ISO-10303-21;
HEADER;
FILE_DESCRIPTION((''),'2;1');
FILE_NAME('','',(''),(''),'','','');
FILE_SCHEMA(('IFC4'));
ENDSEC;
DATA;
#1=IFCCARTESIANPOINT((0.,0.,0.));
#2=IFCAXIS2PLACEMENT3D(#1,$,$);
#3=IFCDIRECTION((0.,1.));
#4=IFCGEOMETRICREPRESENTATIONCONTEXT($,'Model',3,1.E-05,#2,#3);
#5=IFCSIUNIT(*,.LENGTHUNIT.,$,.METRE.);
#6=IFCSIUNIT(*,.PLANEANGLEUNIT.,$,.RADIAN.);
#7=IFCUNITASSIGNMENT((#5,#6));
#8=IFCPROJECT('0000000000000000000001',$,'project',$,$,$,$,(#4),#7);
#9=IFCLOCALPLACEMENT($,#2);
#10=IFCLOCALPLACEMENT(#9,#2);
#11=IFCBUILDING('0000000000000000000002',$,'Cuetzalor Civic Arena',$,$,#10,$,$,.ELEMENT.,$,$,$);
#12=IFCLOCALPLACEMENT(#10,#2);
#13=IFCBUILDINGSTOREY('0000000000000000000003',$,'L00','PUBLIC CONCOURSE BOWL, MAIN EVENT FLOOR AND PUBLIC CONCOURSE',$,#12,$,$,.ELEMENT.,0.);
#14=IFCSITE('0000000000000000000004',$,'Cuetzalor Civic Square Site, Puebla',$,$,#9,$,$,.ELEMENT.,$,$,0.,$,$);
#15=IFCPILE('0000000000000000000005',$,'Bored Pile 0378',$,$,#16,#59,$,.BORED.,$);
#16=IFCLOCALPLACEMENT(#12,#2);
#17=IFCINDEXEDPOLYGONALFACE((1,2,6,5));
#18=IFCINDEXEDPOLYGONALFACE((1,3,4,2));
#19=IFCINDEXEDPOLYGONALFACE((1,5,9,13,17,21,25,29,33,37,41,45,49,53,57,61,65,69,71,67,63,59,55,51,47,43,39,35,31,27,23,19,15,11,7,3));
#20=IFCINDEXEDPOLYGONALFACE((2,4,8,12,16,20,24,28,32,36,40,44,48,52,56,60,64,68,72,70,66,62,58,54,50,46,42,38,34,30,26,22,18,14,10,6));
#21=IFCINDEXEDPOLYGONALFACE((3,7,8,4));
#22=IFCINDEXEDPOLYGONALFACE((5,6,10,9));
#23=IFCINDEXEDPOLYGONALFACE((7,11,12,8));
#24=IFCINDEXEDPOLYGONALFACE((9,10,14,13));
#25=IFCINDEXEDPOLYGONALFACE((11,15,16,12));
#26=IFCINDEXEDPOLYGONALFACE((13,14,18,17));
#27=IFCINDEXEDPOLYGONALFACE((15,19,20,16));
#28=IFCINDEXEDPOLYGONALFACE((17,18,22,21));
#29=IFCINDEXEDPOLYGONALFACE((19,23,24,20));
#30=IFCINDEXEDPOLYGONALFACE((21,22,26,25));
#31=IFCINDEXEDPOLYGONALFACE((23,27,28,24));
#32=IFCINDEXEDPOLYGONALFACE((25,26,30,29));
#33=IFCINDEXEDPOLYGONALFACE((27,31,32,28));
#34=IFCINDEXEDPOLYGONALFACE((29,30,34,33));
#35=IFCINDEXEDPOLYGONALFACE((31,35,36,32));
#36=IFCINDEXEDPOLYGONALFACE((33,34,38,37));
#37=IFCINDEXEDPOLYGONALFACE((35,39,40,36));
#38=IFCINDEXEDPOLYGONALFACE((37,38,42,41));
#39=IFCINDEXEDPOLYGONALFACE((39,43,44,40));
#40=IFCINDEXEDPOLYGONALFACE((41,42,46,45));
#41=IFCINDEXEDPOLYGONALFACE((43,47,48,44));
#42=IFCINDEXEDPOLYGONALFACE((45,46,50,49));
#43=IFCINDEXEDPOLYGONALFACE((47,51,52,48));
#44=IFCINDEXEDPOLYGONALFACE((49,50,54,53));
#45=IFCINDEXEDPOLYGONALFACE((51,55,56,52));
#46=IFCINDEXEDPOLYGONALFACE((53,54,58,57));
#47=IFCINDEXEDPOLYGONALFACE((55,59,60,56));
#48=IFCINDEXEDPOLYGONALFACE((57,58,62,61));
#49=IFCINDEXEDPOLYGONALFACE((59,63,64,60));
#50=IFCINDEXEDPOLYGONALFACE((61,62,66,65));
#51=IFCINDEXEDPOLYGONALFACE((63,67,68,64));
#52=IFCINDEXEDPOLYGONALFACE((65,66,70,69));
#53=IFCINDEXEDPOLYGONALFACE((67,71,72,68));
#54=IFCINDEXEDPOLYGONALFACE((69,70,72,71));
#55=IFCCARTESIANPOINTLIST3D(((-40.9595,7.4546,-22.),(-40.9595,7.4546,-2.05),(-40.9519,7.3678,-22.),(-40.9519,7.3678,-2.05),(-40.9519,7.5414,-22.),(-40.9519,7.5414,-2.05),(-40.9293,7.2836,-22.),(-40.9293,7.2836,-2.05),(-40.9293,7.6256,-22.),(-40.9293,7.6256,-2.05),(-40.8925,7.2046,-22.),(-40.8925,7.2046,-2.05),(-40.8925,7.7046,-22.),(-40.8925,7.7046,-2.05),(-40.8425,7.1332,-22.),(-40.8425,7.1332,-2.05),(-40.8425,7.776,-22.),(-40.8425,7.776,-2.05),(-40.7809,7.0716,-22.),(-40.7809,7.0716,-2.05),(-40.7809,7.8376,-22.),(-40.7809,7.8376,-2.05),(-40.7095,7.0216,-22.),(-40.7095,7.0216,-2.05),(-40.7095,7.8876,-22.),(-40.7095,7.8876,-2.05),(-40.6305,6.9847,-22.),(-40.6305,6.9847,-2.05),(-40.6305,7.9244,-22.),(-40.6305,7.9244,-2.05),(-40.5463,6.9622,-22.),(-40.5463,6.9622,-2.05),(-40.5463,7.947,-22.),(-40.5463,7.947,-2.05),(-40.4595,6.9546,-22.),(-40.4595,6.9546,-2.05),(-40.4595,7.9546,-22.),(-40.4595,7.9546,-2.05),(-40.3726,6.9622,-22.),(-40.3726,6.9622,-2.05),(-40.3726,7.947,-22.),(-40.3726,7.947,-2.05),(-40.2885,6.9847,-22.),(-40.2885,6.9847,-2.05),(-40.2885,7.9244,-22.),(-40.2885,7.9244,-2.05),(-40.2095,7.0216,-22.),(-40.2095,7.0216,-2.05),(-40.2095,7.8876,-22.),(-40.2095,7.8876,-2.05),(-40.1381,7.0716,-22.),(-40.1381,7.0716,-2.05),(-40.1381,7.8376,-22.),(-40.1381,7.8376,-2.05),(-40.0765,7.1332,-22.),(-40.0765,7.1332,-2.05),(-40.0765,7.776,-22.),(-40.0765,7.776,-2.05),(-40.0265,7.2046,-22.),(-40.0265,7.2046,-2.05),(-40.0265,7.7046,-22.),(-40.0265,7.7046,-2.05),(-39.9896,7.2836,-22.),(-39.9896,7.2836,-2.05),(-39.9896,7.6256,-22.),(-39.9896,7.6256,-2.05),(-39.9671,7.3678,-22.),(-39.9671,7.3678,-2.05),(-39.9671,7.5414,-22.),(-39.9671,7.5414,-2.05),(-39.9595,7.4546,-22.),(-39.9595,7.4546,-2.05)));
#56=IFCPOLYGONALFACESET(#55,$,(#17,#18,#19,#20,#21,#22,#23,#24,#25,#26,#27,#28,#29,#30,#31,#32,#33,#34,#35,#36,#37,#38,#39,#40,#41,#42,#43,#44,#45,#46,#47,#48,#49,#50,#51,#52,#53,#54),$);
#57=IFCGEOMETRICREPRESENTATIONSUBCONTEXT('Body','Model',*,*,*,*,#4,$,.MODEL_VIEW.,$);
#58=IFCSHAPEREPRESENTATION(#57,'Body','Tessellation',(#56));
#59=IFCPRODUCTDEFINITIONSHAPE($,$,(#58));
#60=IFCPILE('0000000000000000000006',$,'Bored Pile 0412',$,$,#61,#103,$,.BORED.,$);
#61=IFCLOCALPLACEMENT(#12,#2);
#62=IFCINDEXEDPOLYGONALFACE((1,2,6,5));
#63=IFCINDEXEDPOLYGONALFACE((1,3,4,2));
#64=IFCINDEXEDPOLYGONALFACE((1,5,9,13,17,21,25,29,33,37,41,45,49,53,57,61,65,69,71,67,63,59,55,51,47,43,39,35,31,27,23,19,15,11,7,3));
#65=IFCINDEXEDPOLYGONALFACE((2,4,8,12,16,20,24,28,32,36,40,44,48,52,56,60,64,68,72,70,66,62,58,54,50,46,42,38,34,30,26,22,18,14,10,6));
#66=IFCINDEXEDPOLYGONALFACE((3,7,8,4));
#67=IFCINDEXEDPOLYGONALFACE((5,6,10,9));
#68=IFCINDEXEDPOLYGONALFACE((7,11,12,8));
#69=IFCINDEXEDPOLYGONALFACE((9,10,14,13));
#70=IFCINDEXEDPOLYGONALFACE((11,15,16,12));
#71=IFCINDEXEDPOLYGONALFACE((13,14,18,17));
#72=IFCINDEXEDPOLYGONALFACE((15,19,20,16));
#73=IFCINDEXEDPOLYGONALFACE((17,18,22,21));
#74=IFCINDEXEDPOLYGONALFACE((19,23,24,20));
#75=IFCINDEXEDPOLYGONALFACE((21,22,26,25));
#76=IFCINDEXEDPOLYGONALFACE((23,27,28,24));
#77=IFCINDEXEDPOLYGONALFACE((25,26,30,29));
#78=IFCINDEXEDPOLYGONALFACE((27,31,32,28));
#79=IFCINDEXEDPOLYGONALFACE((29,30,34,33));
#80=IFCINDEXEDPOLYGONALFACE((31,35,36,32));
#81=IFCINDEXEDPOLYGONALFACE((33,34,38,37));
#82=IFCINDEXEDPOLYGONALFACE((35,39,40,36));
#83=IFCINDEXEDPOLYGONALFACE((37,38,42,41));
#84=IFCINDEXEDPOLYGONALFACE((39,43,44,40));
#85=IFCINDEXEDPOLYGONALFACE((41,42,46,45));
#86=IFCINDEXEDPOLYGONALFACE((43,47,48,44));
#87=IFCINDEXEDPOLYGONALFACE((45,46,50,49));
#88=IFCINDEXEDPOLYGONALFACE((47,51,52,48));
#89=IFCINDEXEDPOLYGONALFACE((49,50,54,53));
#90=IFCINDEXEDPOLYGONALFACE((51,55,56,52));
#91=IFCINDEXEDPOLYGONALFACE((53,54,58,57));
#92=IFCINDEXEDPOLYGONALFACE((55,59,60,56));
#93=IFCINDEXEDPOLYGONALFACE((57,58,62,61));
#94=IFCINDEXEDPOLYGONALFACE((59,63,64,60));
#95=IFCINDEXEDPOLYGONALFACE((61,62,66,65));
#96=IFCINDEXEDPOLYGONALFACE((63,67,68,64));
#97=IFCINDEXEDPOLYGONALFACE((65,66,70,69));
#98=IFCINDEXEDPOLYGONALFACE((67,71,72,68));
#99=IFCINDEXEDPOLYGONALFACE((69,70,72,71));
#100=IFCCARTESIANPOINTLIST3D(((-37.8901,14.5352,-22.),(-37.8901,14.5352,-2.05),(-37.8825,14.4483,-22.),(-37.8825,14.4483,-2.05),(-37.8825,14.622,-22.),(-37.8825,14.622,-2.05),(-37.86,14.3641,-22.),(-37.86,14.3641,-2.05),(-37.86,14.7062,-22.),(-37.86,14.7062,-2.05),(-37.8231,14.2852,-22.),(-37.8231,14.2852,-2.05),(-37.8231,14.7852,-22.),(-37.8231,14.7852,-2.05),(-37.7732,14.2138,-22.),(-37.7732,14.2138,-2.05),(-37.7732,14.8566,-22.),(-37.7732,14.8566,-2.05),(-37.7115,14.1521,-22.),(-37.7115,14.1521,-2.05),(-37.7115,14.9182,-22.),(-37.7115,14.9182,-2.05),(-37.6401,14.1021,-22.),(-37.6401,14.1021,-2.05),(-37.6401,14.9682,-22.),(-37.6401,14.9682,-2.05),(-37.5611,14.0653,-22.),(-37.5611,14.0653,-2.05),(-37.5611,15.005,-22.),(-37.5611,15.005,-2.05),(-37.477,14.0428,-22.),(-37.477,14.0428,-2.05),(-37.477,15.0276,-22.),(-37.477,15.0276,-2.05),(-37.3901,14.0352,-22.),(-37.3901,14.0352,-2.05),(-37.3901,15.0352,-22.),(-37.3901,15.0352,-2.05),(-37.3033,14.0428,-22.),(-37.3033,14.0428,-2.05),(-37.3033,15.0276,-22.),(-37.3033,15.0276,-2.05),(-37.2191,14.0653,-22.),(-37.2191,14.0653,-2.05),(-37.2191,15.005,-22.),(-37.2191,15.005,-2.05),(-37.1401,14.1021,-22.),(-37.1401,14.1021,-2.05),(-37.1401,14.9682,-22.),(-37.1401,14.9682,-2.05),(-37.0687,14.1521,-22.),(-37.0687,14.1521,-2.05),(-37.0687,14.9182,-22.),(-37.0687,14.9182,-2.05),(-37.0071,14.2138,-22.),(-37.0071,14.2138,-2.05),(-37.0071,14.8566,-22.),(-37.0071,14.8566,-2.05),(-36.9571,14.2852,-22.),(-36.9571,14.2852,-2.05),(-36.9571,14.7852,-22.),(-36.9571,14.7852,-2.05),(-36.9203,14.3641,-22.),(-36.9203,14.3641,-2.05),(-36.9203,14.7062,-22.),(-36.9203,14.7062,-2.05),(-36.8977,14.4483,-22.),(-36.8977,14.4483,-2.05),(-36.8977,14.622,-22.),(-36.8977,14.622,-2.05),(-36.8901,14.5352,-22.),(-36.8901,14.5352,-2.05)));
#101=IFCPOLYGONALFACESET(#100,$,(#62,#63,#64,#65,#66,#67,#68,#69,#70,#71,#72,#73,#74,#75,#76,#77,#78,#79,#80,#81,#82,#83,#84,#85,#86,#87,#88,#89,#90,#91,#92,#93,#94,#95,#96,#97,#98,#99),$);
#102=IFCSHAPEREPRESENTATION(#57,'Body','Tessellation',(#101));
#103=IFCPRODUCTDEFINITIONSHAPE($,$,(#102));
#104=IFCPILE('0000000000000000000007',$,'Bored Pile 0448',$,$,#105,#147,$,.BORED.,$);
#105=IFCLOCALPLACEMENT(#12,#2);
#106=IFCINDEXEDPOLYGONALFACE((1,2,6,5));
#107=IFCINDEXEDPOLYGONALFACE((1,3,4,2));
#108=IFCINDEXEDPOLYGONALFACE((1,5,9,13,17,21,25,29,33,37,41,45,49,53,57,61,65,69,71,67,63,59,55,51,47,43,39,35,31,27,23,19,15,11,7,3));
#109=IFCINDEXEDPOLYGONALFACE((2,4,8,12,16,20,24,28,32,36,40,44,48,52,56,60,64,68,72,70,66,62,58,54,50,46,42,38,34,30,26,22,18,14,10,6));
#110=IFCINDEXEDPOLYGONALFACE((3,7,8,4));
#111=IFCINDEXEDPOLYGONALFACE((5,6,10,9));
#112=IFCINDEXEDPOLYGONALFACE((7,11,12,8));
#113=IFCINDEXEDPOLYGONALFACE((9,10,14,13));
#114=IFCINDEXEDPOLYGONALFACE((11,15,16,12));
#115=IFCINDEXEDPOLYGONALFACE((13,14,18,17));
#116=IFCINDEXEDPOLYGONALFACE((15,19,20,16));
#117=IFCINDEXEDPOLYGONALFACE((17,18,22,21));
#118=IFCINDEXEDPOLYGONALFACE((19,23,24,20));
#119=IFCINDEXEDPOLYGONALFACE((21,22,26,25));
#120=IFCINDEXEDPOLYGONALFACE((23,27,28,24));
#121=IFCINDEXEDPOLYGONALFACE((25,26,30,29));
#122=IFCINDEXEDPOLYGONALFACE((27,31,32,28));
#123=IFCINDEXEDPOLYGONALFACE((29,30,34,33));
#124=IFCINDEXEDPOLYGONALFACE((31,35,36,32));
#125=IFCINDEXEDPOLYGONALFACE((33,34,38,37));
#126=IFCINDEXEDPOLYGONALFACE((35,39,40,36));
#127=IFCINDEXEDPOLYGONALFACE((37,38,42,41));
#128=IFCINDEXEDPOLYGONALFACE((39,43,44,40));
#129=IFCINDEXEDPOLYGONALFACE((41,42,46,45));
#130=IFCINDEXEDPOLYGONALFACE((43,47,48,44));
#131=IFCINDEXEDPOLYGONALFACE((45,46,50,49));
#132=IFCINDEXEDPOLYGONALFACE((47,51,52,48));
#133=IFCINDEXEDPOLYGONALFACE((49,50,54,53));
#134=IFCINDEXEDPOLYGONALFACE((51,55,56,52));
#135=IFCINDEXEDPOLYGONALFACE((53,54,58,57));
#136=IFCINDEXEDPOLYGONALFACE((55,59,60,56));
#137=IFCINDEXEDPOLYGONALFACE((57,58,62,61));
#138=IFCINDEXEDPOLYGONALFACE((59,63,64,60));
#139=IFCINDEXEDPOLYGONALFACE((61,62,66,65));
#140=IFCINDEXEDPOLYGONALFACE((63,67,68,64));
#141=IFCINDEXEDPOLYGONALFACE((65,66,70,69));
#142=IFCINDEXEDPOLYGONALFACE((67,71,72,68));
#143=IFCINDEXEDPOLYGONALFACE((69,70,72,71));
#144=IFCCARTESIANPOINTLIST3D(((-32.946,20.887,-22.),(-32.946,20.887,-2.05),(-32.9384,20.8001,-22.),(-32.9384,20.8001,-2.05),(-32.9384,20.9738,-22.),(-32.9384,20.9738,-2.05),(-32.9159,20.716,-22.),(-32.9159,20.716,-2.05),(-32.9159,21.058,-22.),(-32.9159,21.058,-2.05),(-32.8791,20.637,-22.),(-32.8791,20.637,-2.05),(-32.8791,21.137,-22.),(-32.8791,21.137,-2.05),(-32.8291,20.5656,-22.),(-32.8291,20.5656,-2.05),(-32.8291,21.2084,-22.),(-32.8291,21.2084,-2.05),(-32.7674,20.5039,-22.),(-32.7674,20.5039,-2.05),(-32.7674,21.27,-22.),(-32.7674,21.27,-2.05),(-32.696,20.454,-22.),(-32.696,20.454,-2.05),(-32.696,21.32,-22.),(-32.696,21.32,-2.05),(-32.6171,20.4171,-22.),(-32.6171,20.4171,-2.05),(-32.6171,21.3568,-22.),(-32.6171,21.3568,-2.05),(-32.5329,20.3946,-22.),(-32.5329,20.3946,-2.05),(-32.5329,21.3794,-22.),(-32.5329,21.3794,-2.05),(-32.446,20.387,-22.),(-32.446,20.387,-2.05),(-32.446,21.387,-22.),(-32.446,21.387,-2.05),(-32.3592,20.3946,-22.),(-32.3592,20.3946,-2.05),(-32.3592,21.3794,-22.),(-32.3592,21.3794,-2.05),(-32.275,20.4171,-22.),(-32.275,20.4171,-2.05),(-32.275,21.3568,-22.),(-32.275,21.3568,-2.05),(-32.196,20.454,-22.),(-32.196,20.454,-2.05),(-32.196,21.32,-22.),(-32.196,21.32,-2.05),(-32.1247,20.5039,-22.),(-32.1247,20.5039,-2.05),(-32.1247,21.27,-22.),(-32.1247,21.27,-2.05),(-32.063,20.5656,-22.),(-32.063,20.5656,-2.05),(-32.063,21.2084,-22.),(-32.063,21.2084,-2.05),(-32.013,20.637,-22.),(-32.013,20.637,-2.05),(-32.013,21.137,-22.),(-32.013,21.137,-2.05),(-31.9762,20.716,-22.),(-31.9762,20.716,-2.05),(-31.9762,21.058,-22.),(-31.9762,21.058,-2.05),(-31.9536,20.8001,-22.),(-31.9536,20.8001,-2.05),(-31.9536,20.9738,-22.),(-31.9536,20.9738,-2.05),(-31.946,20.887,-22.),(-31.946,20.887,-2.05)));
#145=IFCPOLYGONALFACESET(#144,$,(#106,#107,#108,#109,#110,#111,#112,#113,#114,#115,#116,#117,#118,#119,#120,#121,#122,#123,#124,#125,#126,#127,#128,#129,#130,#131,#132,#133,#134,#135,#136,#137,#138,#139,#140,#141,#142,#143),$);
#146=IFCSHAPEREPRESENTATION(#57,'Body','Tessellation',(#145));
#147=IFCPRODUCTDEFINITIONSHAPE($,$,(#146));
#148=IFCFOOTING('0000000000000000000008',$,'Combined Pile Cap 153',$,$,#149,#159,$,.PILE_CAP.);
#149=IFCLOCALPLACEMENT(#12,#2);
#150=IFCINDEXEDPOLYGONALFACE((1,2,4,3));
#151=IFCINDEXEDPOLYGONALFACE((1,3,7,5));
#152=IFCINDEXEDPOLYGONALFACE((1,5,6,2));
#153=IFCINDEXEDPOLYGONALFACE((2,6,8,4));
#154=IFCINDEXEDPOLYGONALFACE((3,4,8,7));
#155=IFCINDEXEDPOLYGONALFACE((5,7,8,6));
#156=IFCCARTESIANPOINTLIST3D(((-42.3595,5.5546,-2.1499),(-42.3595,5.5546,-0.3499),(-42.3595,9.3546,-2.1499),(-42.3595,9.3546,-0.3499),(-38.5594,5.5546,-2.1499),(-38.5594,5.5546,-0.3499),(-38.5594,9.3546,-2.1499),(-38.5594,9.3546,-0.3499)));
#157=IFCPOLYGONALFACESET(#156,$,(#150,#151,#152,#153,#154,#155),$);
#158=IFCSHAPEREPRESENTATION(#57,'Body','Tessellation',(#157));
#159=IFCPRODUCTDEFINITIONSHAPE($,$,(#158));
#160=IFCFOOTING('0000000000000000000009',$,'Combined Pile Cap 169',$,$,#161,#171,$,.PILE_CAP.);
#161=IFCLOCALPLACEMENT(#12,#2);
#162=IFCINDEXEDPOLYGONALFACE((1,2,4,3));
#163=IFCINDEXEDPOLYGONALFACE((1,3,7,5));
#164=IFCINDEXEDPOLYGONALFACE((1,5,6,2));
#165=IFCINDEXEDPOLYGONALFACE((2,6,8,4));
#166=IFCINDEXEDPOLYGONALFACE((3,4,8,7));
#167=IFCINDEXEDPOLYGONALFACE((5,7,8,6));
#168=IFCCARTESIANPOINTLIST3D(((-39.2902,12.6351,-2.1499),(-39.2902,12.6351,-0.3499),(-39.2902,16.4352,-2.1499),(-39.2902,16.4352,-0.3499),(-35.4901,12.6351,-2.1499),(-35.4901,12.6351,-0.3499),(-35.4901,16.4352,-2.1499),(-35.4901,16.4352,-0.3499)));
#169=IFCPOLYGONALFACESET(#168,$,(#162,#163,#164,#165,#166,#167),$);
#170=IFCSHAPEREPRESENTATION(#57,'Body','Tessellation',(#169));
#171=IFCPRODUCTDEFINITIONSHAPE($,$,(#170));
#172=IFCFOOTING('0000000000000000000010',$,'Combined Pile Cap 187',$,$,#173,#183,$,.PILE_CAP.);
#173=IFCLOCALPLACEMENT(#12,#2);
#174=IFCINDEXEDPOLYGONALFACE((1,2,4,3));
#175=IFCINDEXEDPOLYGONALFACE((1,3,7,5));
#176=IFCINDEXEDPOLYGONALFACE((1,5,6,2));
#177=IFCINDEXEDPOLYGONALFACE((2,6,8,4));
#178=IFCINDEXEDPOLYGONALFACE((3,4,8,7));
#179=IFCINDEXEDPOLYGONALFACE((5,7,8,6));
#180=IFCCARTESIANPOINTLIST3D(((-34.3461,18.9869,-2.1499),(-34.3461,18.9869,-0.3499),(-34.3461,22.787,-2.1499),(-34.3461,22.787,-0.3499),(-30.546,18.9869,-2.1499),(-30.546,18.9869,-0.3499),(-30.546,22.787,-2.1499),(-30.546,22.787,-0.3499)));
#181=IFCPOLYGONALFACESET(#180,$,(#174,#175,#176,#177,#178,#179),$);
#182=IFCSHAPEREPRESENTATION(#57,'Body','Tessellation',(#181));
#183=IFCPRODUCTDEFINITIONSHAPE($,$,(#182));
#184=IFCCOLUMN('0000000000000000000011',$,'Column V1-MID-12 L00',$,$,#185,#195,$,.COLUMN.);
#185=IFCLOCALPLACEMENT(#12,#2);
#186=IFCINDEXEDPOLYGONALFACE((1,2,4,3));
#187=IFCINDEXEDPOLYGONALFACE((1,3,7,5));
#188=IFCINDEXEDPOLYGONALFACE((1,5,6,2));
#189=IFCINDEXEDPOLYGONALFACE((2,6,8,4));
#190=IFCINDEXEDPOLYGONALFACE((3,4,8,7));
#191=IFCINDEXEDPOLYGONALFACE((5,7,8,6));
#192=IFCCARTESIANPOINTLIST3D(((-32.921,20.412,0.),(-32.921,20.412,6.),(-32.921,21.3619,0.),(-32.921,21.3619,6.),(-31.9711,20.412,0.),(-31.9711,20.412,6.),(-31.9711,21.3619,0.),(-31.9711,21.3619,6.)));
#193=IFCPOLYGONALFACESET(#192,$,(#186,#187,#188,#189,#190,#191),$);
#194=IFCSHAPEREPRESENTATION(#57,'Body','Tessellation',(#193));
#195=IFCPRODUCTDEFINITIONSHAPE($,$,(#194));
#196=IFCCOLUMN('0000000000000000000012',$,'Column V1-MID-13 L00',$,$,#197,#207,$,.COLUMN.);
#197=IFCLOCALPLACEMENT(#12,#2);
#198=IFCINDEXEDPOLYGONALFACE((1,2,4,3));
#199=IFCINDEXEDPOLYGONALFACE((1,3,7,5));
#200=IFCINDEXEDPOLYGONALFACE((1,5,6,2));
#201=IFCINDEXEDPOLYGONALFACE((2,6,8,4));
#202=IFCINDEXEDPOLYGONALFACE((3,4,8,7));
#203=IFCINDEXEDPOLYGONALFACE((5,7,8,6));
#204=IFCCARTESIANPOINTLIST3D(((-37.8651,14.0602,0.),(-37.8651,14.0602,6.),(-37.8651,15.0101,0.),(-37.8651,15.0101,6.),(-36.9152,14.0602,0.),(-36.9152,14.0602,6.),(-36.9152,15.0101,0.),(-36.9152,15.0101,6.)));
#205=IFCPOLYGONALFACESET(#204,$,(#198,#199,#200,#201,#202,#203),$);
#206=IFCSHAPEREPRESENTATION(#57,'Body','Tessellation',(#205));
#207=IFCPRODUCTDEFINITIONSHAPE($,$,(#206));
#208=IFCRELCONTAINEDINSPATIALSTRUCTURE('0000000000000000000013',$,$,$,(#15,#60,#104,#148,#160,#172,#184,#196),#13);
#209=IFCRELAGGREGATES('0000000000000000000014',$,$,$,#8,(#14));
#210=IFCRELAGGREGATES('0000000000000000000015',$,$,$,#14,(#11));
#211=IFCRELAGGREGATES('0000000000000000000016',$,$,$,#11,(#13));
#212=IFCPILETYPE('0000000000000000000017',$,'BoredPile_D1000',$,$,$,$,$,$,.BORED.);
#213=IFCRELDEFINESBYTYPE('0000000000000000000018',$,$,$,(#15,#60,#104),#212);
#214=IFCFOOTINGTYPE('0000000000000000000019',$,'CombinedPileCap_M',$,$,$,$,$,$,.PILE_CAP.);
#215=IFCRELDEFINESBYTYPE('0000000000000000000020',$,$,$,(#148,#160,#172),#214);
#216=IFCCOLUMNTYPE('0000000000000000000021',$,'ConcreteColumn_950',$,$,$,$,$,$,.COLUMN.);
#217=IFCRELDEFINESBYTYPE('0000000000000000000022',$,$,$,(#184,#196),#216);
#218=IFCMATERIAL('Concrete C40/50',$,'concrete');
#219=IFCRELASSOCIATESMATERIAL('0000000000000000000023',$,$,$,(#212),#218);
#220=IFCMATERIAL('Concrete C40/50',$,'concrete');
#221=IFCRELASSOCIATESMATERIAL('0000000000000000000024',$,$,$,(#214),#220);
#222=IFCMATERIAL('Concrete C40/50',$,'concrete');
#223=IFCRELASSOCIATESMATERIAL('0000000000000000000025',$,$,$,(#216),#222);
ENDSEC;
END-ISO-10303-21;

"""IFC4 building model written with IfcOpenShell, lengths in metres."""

from ifc_helpers import new_model, si_unit, direction, frame, origin, origin_2d, place, context, subcontext, project, spatial, rectangle, circle, extrude, material, material_profile, profile_set, type_object, element, save


model = new_model("IFC4")

# Units and contexts
model_context = context("Model", 3, precision=1e-05, world=origin(), true_north=direction((0.0, 1.0)))
body_context = subcontext(model_context, "Body", "Model", "MODEL_VIEW")
ifc_project = project(units=[si_unit("LENGTHUNIT", "METRE"), si_unit("PLANEANGLEUNIT", "RADIAN")], contexts=[model_context])

# Site, building, storey
site_placement = place(None, origin())
site = spatial("IfcSite", under=ifc_project, at=site_placement, Name="Cuetzalor Civic Square Site, Puebla", CompositionType="ELEMENT", RefElevation=0.0)
building_placement = place(site_placement, origin())
building = spatial("IfcBuilding", under=site, at=building_placement, Name="Cuetzalor Civic Arena", CompositionType="ELEMENT")
storey_placement = place(building_placement, origin())
storey = spatial("IfcBuildingStorey", under=building, at=storey_placement, Name="L00", Description="PUBLIC CONCOURSE BOWL, MAIN EVENT FLOOR AND PUBLIC CONCOURSE", CompositionType="ELEMENT", Elevation=0.0)

# Piles
ifc_material_1 = material(Name="Concrete C40/50", Category="concrete")
ifc_material_profile_1 = material_profile(ifc_material_1, circle(Radius=0.5, at=origin_2d()), Name="BORED PILE D1000")
ifc_profile_set_1 = profile_set([ifc_material_profile_1], Name="Concrete C40/50")
pile_type = type_object("IfcPileType", Name="BoredPile_D1000", PredefinedType="BORED", material=ifc_profile_set_1)
for number, where, z_axis, x_axis, name in (
    (1, (-40.4595, 7.4546, -2.05), (0.0, 0.0, -1.0), (1.0, 0.0, 0.0), "Bored Pile 0378"),
    (2, (-37.3901, 14.5352, -2.05), (0.0, 0.0, -1.0), (1.0, 0.0, 0.0), "Bored Pile 0412"),
    (3, (-32.446, 20.887, -2.05), (0.0, 0.0, -1.0), (1.0, 0.0, 0.0), "Bored Pile 0448"),
):
    element("IfcPile", number, at=place(storey_placement, frame(where, z_axis=z_axis, x_axis=x_axis)), inside=storey, type_object=pile_type, Name=name, PredefinedType="BORED", context=body_context, shape_type="SweptSolid", body=[
        extrude(circle(Radius=0.5, at=origin_2d()), origin(), (0.0, 0.0, 1.0), 19.95),
    ])

# Footings
ifc_material_2 = material(Name="Concrete C40/50", Category="concrete")
footing_type = type_object("IfcFootingType", Name="CombinedPileCap_M", PredefinedType="PILE_CAP", material=ifc_material_2)
for number, where, z_axis, x_axis, name in (
    (4, (-40.4595, 7.4546, -2.1499), (0.0, 0.0, 1.0), (1.0, 0.0, 0.0), "Combined Pile Cap 153"),
    (5, (-37.3901, 14.5352, -2.1499), (0.0, 0.0, 1.0), (1.0, 0.0, 0.0), "Combined Pile Cap 169"),
    (6, (-32.446, 20.887, -2.1499), (0.0, 0.0, 1.0), (1.0, 0.0, 0.0), "Combined Pile Cap 187"),
):
    element("IfcFooting", number, at=place(storey_placement, frame(where, z_axis=z_axis, x_axis=x_axis)), inside=storey, type_object=footing_type, Name=name, PredefinedType="PILE_CAP", context=body_context, shape_type="SweptSolid", body=[
        extrude(rectangle(XDim=3.8, YDim=3.8, at=origin_2d()), origin(), (0.0, 0.0, 1.0), 1.8),
    ])

# Columns
ifc_material_3 = material(Name="Concrete C40/50", Category="concrete")
ifc_material_profile_2 = material_profile(ifc_material_3, rectangle(XDim=0.95, YDim=0.95, at=origin_2d()), Name="RC 950x950")
ifc_profile_set_2 = profile_set([ifc_material_profile_2], Name="Concrete C40/50")
column_type = type_object("IfcColumnType", Name="ConcreteColumn_950", PredefinedType="COLUMN", material=ifc_profile_set_2)
for number, where, z_axis, x_axis, name in (
    (7, (-32.446, 20.887, 0.0), (0.0, 0.0, 1.0), (1.0, 0.0, 0.0), "Column V1-MID-12 L00"),
    (8, (-37.3901, 14.5352, 0.0), (0.0, 0.0, 1.0), (1.0, 0.0, 0.0), "Column V1-MID-13 L00"),
):
    element("IfcColumn", number, at=place(storey_placement, frame(where, z_axis=z_axis, x_axis=x_axis)), inside=storey, type_object=column_type, Name=name, PredefinedType="COLUMN", context=body_context, shape_type="SweptSolid", body=[
        extrude(rectangle(XDim=0.95, YDim=0.95, at=origin_2d()), origin(), (0.0, 0.0, 1.0), 6.0),
    ])

save(model, "model.ifc")
